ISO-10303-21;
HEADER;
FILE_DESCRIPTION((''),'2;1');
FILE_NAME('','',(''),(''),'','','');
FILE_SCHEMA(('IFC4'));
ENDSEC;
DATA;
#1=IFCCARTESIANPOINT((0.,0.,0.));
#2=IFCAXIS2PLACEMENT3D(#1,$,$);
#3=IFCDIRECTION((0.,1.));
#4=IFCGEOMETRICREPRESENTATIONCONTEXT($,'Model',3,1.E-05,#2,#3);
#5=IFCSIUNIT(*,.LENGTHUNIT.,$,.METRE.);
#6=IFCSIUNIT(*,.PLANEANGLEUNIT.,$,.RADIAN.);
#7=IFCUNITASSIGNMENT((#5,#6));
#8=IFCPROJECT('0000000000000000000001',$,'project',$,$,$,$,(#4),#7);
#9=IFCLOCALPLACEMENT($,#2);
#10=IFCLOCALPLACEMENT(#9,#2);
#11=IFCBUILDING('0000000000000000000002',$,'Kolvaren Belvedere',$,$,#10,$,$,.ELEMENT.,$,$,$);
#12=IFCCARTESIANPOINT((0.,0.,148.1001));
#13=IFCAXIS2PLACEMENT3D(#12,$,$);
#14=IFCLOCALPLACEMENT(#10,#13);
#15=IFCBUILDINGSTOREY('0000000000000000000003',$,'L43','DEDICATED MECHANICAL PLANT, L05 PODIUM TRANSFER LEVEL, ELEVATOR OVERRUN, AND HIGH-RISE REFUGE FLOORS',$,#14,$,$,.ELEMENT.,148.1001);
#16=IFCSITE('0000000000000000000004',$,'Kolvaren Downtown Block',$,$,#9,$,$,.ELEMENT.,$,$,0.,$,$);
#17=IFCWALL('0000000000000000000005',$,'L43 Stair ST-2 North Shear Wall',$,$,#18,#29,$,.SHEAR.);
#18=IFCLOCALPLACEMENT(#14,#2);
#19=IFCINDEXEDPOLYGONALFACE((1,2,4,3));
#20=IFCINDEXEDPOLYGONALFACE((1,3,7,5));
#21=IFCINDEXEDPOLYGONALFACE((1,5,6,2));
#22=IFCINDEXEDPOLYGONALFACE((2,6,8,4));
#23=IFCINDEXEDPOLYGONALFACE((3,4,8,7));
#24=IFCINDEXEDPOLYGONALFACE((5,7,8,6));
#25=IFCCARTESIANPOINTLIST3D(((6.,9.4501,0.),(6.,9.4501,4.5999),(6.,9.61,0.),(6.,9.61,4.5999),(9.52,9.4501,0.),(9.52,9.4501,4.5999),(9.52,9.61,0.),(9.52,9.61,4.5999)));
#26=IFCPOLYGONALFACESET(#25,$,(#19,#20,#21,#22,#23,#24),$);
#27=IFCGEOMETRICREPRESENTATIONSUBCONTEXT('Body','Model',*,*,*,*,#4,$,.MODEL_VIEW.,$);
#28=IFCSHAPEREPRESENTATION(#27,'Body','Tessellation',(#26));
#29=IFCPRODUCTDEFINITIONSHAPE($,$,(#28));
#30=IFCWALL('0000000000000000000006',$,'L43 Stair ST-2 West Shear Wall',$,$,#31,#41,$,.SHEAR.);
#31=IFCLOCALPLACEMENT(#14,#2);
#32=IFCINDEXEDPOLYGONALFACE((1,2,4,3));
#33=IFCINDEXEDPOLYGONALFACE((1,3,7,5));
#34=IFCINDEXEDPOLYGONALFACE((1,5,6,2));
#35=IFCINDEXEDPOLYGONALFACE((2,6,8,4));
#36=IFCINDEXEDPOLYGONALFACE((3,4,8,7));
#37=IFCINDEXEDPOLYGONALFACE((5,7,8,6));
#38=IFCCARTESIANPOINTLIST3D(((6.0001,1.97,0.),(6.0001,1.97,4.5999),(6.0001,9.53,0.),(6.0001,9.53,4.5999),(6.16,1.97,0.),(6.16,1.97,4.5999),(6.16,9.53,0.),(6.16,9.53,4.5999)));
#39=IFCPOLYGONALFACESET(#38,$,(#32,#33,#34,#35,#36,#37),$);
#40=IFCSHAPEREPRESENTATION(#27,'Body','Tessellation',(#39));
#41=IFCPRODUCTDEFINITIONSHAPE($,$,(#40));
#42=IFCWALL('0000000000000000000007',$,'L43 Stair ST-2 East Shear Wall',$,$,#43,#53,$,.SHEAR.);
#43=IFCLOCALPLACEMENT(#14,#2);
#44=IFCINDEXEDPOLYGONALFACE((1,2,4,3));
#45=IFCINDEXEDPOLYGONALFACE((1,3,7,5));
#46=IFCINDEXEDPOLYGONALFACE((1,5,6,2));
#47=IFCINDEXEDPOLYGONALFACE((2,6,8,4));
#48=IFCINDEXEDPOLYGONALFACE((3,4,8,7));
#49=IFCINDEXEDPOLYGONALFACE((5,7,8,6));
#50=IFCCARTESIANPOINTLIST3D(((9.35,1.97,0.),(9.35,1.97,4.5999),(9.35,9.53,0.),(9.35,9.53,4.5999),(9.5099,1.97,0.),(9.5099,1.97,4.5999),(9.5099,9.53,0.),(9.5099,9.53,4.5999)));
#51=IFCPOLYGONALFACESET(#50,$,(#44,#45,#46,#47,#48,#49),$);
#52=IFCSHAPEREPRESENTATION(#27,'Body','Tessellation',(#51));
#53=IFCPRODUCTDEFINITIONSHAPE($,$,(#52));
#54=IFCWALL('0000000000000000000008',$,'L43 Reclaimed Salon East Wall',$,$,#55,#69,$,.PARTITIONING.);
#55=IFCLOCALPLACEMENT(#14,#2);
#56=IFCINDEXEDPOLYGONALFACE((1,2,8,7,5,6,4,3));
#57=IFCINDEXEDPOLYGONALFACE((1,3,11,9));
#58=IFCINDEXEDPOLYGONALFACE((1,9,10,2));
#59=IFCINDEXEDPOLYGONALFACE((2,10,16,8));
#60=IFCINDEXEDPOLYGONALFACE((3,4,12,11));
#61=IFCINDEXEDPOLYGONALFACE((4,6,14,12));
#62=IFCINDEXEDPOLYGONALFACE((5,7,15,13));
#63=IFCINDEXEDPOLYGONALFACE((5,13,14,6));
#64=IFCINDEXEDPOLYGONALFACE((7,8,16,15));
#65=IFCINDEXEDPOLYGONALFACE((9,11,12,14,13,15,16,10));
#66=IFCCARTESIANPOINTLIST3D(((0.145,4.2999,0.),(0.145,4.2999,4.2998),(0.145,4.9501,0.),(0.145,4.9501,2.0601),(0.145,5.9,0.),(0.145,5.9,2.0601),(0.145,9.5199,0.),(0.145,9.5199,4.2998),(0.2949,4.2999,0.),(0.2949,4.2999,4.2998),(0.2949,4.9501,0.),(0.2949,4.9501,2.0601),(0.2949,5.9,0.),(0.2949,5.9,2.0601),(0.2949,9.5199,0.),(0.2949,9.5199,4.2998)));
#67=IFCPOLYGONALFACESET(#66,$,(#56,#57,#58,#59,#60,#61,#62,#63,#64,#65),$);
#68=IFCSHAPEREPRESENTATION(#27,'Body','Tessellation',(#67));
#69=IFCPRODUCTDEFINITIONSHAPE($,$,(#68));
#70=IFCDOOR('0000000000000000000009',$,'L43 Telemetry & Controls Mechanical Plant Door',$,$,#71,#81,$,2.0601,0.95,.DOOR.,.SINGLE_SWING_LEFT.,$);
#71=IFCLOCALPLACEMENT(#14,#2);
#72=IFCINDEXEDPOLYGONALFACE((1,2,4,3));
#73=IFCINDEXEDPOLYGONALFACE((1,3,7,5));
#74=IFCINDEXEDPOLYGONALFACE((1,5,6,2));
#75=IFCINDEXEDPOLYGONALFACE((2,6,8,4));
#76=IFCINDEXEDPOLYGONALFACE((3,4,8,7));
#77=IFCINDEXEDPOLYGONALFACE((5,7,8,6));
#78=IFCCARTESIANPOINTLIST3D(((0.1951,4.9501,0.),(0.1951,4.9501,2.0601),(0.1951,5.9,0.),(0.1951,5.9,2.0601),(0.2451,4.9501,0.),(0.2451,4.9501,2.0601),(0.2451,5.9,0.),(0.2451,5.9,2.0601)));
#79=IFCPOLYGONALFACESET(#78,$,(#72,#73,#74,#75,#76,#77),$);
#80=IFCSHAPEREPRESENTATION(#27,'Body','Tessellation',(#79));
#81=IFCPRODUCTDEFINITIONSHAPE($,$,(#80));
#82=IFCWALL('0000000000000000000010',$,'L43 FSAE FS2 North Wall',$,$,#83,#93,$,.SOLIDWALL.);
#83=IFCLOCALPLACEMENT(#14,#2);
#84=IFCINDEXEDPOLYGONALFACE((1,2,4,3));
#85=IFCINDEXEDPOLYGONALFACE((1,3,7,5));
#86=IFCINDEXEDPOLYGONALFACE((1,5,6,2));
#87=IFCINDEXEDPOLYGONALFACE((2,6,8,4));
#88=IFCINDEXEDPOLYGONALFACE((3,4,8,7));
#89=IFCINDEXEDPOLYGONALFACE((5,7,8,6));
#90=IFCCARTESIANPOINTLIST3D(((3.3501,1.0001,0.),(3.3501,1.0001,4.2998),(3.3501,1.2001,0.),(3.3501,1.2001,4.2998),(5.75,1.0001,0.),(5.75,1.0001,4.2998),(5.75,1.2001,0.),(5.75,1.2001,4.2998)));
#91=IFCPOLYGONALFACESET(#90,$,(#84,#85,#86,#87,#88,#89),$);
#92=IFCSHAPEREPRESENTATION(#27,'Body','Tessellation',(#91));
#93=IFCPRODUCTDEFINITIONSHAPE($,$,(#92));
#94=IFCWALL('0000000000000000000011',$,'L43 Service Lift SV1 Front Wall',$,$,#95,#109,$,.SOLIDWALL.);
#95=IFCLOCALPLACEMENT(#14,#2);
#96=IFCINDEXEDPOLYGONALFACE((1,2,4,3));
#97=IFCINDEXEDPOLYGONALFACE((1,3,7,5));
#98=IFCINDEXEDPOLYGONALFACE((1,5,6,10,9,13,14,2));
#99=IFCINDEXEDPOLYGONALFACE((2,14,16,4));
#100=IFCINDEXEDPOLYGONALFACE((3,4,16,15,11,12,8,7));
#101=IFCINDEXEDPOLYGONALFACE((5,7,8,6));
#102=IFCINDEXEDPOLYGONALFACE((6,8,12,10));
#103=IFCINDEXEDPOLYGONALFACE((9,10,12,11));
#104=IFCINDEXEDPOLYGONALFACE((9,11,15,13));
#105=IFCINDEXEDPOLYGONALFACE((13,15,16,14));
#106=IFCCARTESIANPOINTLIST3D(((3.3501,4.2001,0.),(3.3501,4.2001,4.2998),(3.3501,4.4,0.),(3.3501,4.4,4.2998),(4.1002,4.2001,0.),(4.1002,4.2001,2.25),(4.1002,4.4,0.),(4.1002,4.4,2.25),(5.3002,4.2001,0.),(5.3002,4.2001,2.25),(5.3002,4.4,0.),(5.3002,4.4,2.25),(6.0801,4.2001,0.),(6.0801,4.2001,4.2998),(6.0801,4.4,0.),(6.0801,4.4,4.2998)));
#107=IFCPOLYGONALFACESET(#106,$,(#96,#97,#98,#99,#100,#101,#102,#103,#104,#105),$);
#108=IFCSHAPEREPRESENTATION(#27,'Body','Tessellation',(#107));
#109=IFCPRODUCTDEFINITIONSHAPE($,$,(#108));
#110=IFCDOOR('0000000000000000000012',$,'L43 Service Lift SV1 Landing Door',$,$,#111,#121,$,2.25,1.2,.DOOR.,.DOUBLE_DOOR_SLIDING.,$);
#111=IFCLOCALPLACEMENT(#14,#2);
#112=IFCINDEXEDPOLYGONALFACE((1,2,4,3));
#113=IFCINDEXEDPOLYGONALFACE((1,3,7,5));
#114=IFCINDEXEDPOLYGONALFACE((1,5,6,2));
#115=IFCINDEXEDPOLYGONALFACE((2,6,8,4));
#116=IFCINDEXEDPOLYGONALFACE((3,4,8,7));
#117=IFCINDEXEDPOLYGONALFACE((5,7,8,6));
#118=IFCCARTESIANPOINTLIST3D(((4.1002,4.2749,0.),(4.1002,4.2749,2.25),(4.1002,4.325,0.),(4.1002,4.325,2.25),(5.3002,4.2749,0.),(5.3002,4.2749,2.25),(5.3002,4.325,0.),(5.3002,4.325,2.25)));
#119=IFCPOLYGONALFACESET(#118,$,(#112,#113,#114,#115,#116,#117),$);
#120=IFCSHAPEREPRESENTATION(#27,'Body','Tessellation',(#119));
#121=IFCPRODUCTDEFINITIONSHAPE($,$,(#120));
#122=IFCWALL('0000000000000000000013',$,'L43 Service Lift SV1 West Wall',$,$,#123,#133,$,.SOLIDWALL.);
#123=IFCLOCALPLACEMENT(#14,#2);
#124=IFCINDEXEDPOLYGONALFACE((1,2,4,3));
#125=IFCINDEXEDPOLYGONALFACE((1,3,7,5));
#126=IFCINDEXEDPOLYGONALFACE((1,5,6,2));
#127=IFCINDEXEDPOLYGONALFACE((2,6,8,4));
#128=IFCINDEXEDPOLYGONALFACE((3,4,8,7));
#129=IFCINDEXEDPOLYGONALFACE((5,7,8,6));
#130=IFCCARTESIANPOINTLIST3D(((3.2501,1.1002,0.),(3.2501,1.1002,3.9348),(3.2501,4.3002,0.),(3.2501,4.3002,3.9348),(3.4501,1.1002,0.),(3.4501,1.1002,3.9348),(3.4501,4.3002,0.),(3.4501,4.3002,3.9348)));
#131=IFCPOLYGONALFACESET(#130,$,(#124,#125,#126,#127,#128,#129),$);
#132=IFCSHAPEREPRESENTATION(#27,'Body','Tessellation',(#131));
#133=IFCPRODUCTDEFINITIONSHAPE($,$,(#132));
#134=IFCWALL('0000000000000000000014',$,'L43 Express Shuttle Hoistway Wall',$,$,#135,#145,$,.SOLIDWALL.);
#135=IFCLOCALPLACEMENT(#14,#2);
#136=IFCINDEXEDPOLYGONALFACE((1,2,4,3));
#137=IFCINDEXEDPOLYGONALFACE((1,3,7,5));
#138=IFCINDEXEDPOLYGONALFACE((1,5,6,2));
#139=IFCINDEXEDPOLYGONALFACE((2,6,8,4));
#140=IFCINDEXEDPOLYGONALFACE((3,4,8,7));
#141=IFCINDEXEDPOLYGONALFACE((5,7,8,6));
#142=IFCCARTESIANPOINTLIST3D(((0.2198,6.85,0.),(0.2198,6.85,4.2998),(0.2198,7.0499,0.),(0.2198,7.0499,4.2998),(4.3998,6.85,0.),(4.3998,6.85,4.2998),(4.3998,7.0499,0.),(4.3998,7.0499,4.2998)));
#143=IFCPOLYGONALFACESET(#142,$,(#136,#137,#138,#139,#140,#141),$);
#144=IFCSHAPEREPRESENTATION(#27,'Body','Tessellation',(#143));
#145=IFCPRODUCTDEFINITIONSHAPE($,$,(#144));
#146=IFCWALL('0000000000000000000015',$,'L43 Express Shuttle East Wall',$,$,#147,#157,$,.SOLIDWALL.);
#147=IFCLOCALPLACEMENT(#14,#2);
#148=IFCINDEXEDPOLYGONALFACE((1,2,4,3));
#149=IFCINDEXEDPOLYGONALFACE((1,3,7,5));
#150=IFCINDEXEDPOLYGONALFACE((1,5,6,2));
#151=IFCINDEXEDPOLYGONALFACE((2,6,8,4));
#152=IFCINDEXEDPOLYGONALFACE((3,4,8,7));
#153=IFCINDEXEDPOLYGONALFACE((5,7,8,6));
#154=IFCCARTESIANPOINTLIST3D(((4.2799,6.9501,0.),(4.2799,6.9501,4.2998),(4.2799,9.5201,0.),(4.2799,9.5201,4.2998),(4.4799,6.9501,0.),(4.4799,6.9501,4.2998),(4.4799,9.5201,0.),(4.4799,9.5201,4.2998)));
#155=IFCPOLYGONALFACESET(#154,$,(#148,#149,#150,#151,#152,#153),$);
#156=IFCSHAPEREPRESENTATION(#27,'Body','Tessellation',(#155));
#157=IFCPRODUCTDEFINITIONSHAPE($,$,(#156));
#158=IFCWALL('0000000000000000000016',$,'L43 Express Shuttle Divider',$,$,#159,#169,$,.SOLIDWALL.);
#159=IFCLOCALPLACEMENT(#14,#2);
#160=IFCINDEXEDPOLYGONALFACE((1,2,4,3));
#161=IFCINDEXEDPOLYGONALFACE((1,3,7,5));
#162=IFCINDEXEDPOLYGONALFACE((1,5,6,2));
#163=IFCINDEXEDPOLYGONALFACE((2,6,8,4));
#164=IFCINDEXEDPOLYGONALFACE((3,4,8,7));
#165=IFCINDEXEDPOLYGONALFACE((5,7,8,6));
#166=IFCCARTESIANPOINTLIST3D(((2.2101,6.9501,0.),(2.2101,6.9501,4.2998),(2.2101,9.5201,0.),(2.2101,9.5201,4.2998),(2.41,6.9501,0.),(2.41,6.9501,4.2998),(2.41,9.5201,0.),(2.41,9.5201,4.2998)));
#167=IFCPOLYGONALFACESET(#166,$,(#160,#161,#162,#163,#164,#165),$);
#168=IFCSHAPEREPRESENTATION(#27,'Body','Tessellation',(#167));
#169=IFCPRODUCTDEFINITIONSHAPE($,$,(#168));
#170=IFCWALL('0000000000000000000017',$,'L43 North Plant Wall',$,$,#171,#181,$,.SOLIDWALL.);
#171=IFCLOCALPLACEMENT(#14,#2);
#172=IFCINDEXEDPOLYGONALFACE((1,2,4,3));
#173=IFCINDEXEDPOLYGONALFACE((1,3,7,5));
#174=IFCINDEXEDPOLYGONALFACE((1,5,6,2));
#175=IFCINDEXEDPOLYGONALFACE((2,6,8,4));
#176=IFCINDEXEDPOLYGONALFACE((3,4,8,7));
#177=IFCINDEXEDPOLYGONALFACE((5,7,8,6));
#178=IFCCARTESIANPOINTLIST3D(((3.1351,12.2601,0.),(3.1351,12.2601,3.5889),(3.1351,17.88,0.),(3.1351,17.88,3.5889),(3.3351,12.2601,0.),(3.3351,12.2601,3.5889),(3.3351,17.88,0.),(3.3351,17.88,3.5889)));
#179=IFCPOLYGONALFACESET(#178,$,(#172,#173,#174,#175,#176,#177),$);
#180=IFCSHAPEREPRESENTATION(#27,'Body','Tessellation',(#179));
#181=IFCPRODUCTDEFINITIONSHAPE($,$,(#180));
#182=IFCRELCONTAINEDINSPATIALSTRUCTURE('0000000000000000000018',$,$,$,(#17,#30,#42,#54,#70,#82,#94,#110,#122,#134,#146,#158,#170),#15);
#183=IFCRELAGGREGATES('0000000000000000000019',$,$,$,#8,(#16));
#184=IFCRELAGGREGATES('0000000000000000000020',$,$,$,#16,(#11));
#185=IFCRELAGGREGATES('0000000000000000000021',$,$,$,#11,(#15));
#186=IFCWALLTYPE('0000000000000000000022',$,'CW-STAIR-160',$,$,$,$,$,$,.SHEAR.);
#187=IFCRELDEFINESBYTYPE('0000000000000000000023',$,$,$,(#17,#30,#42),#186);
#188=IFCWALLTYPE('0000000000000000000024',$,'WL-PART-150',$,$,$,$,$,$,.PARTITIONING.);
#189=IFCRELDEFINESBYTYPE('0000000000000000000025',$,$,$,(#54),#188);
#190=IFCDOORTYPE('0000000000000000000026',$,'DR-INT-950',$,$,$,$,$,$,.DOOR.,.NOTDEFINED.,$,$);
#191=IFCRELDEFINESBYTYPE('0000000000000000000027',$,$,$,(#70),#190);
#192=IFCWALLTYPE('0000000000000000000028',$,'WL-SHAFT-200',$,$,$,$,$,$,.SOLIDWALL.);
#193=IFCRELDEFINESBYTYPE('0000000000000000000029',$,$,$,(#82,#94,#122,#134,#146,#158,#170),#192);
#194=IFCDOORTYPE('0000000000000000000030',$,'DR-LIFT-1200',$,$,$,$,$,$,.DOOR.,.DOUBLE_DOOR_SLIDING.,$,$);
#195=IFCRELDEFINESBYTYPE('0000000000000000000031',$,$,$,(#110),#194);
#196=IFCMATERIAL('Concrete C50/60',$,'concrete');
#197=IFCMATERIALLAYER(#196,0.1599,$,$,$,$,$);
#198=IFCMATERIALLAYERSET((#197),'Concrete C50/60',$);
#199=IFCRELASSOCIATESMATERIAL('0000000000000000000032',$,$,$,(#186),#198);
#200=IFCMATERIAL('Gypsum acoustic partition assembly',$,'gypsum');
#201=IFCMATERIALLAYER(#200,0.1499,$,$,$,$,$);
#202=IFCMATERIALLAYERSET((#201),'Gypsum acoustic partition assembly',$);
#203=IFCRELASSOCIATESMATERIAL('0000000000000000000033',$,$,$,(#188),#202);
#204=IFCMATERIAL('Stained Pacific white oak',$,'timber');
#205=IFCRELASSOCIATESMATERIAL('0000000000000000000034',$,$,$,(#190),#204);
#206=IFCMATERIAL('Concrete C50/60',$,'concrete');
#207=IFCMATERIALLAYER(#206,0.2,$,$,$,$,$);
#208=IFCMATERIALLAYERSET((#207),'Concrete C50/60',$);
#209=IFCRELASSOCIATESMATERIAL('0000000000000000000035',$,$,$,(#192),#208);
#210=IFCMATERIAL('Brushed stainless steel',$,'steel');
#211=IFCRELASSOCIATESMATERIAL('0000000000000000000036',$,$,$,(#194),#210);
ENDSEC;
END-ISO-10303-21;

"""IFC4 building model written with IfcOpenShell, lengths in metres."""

from ifc_helpers import new_model, si_unit, direction, frame, frame_2d, origin, place, context, subcontext, project, spatial, rectangle, extrude, material, layer, layer_set, type_object, element, fill, save


model = new_model("IFC4")

# Units and contexts
model_context = context("Model", 3, precision=1e-05, world=origin(), true_north=direction((0.0, 1.0)))
body_context = subcontext(model_context, "Body", "Model", "MODEL_VIEW")
ifc_project = project(units=[si_unit("LENGTHUNIT", "METRE"), si_unit("PLANEANGLEUNIT", "RADIAN")], contexts=[model_context])

# Site, building, storey
site_placement = place(None, origin())
site = spatial("IfcSite", under=ifc_project, at=site_placement, Name="Kolvaren Downtown Block", CompositionType="ELEMENT", RefElevation=0.0)
building_placement = place(site_placement, origin())
building = spatial("IfcBuilding", under=site, at=building_placement, Name="Kolvaren Belvedere", CompositionType="ELEMENT")
storey_placement = place(building_placement, frame((0.0, 0.0, 148.1001)))
storey = spatial("IfcBuildingStorey", under=building, at=storey_placement, Name="L43", Description="DEDICATED MECHANICAL PLANT, L05 PODIUM TRANSFER LEVEL, ELEVATOR OVERRUN, AND HIGH-RISE REFUGE FLOORS", CompositionType="ELEMENT", Elevation=148.1001)

# Shared definitions
ifc_material_1 = material(Name="Concrete C50/60", Category="concrete")
ifc_layer_1 = layer(ifc_material_1, 0.1599)
ifc_layer_set_1 = layer_set([ifc_layer_1], Name="Concrete C50/60")
wall_type_1 = type_object("IfcWallType", Name="CW-STAIR-160", PredefinedType="SHEAR", material=ifc_layer_set_1)

# Walls
wall_1_placement = place(storey_placement, frame((6.0, 9.53, 0.0), z_axis=(0.0, 0.0, 1.0), x_axis=(1.0, 0.0, 0.0)))
element("IfcWall", 1, at=wall_1_placement, inside=storey, type_object=wall_type_1, Name="L43 Stair ST-2 North Shear Wall", PredefinedType="SHEAR", context=body_context, shape_type="SweptSolid", body=[
    extrude(rectangle(XDim=3.52, YDim=0.1599, at=frame_2d((1.76, 0.0))), origin(), (0.0, 0.0, 1.0), 4.5999),
])
for number, where, z_axis, x_axis, name in (
    (2, (6.0801, 1.97, 0.0), (0.0, 0.0, 1.0), (0.0, 1.0, 0.0), "L43 Stair ST-2 West Shear Wall"),
    (3, (9.4299, 1.97, 0.0), (0.0, 0.0, 1.0), (0.0, 1.0, 0.0), "L43 Stair ST-2 East Shear Wall"),
):
    element("IfcWall", number, at=place(storey_placement, frame(where, z_axis=z_axis, x_axis=x_axis)), inside=storey, type_object=wall_type_1, Name=name, PredefinedType="SHEAR", context=body_context, shape_type="SweptSolid", body=[
        extrude(rectangle(XDim=7.5601, YDim=0.1599, at=frame_2d((3.78, 0.0))), origin(), (0.0, 0.0, 1.0), 4.5999),
    ])

# Wall, opening, door
ifc_material_2 = material(Name="Gypsum acoustic partition assembly", Category="gypsum")
ifc_layer_2 = layer(ifc_material_2, 0.1499)
ifc_layer_set_2 = layer_set([ifc_layer_2], Name="Gypsum acoustic partition assembly")
wall_type_2 = type_object("IfcWallType", Name="WL-PART-150", PredefinedType="PARTITIONING", material=ifc_layer_set_2)
wall_2_placement = place(storey_placement, frame((0.22, 4.3, 0.0), z_axis=(0.0, 0.0, 1.0), x_axis=(0.0, 1.0, 0.0)))
wall_2 = element("IfcWall", 4, at=wall_2_placement, inside=storey, type_object=wall_type_2, Name="L43 Reclaimed Salon East Wall", PredefinedType="PARTITIONING", context=body_context, shape_type="SweptSolid", body=[
    extrude(rectangle(XDim=5.22, YDim=0.1499, at=frame_2d((2.6099, 0.0))), origin(), (0.0, 0.0, 1.0), 4.2998),
])
opening_1_placement = place(wall_2_placement, frame((0.6499, 0.0, 0.0)))
opening_1 = element("IfcOpeningElement", 5, at=opening_1_placement, cuts=wall_2, PredefinedType="OPENING", context=body_context, shape_type="SweptSolid", body=[
    extrude(rectangle(XDim=0.95, YDim=2.0601, at=frame_2d((0.4751, 1.03))), frame((0.0, 0.085, 0.0), z_axis=(0.0, -1.0, 0.0), x_axis=(1.0, 0.0, 0.0)), (0.0, 0.0, 1.0), 0.1699),
])
ifc_material_3 = material(Name="Stained Pacific white oak", Category="timber")
door_type_1 = type_object("IfcDoorType", Name="DR-INT-950", OperationType="NOTDEFINED", PredefinedType="DOOR", material=ifc_material_3)
door_1_placement = place(opening_1_placement, origin())
door_1 = element("IfcDoor", 6, at=door_1_placement, inside=storey, type_object=door_type_1, Name="L43 Telemetry & Controls Mechanical Plant Door", OperationType="SINGLE_SWING_LEFT", OverallHeight=2.0601, OverallWidth=0.95, PredefinedType="DOOR", context=body_context, shape_type="SweptSolid", body=[
    extrude(rectangle(XDim=0.95, YDim=2.0601, at=frame_2d((0.4751, 1.03))), frame((0.0, 0.0249, 0.0), z_axis=(0.0, -1.0, 0.0), x_axis=(1.0, 0.0, 0.0)), (0.0, 0.0, 1.0), 0.05),
])
fill(opening_1, door_1)

# Wall
ifc_material_4 = material(Name="Concrete C50/60", Category="concrete")
ifc_layer_3 = layer(ifc_material_4, 0.2)
ifc_layer_set_3 = layer_set([ifc_layer_3], Name="Concrete C50/60")
wall_type_3 = type_object("IfcWallType", Name="WL-SHAFT-200", PredefinedType="SOLIDWALL", material=ifc_layer_set_3)
wall_3_placement = place(storey_placement, frame((3.3501, 1.1001, 0.0), z_axis=(0.0, 0.0, 1.0), x_axis=(1.0, 0.0, 0.0)))
element("IfcWall", 7, at=wall_3_placement, inside=storey, type_object=wall_type_3, Name="L43 FSAE FS2 North Wall", PredefinedType="SOLIDWALL", context=body_context, shape_type="SweptSolid", body=[
    extrude(rectangle(XDim=2.3999, YDim=0.2, at=frame_2d((1.2, 0.0))), origin(), (0.0, 0.0, 1.0), 4.2998),
])

# Wall, opening, door
wall_4_placement = place(storey_placement, frame((3.3501, 4.3, 0.0), z_axis=(0.0, 0.0, 1.0), x_axis=(1.0, 0.0, 0.0)))
wall_4 = element("IfcWall", 8, at=wall_4_placement, inside=storey, type_object=wall_type_3, Name="L43 Service Lift SV1 Front Wall", PredefinedType="SOLIDWALL", context=body_context, shape_type="SweptSolid", body=[
    extrude(rectangle(XDim=2.73, YDim=0.2, at=frame_2d((1.365, 0.0))), origin(), (0.0, 0.0, 1.0), 4.2998),
])
opening_2_placement = place(wall_4_placement, frame((0.75, 0.0, 0.0)))
opening_2 = element("IfcOpeningElement", 9, at=opening_2_placement, cuts=wall_4, PredefinedType="OPENING", context=body_context, shape_type="SweptSolid", body=[
    extrude(rectangle(XDim=1.2, YDim=2.25, at=frame_2d((0.6001, 1.125))), frame((0.0, 0.1099, 0.0), z_axis=(0.0, -1.0, 0.0), x_axis=(1.0, 0.0, 0.0)), (0.0, 0.0, 1.0), 0.22),
])
ifc_material_5 = material(Name="Brushed stainless steel", Category="steel")
door_type_2 = type_object("IfcDoorType", Name="DR-LIFT-1200", OperationType="DOUBLE_DOOR_SLIDING", PredefinedType="DOOR", material=ifc_material_5)
door_2_placement = place(opening_2_placement, origin())
door_2 = element("IfcDoor", 10, at=door_2_placement, inside=storey, type_object=door_type_2, Name="L43 Service Lift SV1 Landing Door", OperationType="DOUBLE_DOOR_SLIDING", OverallHeight=2.25, OverallWidth=1.2, PredefinedType="DOOR", context=body_context, shape_type="SweptSolid", body=[
    extrude(rectangle(XDim=1.2, YDim=2.25, at=frame_2d((0.6001, 1.125))), frame((0.0, 0.0249, 0.0), z_axis=(0.0, -1.0, 0.0), x_axis=(1.0, 0.0, 0.0)), (0.0, 0.0, 1.0), 0.05),
])
fill(opening_2, door_2)

# Walls
wall_5_placement = place(storey_placement, frame((3.3501, 1.1001, 0.0), z_axis=(0.0, 0.0, 1.0), x_axis=(0.0, 1.0, 0.0)))
element("IfcWall", 11, at=wall_5_placement, inside=storey, type_object=wall_type_3, Name="L43 Service Lift SV1 West Wall", PredefinedType="SOLIDWALL", context=body_context, shape_type="SweptSolid", body=[
    extrude(rectangle(XDim=3.2, YDim=0.2, at=frame_2d((1.6001, 0.0))), origin(), (0.0, 0.0, 1.0), 3.9348),
])
wall_6_placement = place(storey_placement, frame((0.22, 6.95, 0.0), z_axis=(0.0, 0.0, 1.0), x_axis=(1.0, 0.0, 0.0)))
element("IfcWall", 12, at=wall_6_placement, inside=storey, type_object=wall_type_3, Name="L43 Express Shuttle Hoistway Wall", PredefinedType="SOLIDWALL", context=body_context, shape_type="SweptSolid", body=[
    extrude(rectangle(XDim=4.1799, YDim=0.2, at=frame_2d((2.0898, 0.0))), origin(), (0.0, 0.0, 1.0), 4.2998),
])
for number, where, z_axis, x_axis, name in (
    (13, (4.3799, 6.95, 0.0), (0.0, 0.0, 1.0), (0.0, 1.0, 0.0), "L43 Express Shuttle East Wall"),
    (14, (2.3101, 6.95, 0.0), (0.0, 0.0, 1.0), (0.0, 1.0, 0.0), "L43 Express Shuttle Divider"),
):
    element("IfcWall", number, at=place(storey_placement, frame(where, z_axis=z_axis, x_axis=x_axis)), inside=storey, type_object=wall_type_3, Name=name, PredefinedType="SOLIDWALL", context=body_context, shape_type="SweptSolid", body=[
        extrude(rectangle(XDim=2.5701, YDim=0.2, at=frame_2d((1.2852, 0.0))), origin(), (0.0, 0.0, 1.0), 4.2998),
    ])
wall_7_placement = place(storey_placement, frame((3.2351, 12.26, 0.0), z_axis=(0.0, 0.0, 1.0), x_axis=(0.0, 1.0, 0.0)))
element("IfcWall", 15, at=wall_7_placement, inside=storey, type_object=wall_type_3, Name="L43 North Plant Wall", PredefinedType="SOLIDWALL", context=body_context, shape_type="SweptSolid", body=[
    extrude(rectangle(XDim=5.6199, YDim=0.2, at=frame_2d((2.8101, 0.0))), origin(), (0.0, 0.0, 1.0), 3.5889),
])

save(model, "model.ifc")
